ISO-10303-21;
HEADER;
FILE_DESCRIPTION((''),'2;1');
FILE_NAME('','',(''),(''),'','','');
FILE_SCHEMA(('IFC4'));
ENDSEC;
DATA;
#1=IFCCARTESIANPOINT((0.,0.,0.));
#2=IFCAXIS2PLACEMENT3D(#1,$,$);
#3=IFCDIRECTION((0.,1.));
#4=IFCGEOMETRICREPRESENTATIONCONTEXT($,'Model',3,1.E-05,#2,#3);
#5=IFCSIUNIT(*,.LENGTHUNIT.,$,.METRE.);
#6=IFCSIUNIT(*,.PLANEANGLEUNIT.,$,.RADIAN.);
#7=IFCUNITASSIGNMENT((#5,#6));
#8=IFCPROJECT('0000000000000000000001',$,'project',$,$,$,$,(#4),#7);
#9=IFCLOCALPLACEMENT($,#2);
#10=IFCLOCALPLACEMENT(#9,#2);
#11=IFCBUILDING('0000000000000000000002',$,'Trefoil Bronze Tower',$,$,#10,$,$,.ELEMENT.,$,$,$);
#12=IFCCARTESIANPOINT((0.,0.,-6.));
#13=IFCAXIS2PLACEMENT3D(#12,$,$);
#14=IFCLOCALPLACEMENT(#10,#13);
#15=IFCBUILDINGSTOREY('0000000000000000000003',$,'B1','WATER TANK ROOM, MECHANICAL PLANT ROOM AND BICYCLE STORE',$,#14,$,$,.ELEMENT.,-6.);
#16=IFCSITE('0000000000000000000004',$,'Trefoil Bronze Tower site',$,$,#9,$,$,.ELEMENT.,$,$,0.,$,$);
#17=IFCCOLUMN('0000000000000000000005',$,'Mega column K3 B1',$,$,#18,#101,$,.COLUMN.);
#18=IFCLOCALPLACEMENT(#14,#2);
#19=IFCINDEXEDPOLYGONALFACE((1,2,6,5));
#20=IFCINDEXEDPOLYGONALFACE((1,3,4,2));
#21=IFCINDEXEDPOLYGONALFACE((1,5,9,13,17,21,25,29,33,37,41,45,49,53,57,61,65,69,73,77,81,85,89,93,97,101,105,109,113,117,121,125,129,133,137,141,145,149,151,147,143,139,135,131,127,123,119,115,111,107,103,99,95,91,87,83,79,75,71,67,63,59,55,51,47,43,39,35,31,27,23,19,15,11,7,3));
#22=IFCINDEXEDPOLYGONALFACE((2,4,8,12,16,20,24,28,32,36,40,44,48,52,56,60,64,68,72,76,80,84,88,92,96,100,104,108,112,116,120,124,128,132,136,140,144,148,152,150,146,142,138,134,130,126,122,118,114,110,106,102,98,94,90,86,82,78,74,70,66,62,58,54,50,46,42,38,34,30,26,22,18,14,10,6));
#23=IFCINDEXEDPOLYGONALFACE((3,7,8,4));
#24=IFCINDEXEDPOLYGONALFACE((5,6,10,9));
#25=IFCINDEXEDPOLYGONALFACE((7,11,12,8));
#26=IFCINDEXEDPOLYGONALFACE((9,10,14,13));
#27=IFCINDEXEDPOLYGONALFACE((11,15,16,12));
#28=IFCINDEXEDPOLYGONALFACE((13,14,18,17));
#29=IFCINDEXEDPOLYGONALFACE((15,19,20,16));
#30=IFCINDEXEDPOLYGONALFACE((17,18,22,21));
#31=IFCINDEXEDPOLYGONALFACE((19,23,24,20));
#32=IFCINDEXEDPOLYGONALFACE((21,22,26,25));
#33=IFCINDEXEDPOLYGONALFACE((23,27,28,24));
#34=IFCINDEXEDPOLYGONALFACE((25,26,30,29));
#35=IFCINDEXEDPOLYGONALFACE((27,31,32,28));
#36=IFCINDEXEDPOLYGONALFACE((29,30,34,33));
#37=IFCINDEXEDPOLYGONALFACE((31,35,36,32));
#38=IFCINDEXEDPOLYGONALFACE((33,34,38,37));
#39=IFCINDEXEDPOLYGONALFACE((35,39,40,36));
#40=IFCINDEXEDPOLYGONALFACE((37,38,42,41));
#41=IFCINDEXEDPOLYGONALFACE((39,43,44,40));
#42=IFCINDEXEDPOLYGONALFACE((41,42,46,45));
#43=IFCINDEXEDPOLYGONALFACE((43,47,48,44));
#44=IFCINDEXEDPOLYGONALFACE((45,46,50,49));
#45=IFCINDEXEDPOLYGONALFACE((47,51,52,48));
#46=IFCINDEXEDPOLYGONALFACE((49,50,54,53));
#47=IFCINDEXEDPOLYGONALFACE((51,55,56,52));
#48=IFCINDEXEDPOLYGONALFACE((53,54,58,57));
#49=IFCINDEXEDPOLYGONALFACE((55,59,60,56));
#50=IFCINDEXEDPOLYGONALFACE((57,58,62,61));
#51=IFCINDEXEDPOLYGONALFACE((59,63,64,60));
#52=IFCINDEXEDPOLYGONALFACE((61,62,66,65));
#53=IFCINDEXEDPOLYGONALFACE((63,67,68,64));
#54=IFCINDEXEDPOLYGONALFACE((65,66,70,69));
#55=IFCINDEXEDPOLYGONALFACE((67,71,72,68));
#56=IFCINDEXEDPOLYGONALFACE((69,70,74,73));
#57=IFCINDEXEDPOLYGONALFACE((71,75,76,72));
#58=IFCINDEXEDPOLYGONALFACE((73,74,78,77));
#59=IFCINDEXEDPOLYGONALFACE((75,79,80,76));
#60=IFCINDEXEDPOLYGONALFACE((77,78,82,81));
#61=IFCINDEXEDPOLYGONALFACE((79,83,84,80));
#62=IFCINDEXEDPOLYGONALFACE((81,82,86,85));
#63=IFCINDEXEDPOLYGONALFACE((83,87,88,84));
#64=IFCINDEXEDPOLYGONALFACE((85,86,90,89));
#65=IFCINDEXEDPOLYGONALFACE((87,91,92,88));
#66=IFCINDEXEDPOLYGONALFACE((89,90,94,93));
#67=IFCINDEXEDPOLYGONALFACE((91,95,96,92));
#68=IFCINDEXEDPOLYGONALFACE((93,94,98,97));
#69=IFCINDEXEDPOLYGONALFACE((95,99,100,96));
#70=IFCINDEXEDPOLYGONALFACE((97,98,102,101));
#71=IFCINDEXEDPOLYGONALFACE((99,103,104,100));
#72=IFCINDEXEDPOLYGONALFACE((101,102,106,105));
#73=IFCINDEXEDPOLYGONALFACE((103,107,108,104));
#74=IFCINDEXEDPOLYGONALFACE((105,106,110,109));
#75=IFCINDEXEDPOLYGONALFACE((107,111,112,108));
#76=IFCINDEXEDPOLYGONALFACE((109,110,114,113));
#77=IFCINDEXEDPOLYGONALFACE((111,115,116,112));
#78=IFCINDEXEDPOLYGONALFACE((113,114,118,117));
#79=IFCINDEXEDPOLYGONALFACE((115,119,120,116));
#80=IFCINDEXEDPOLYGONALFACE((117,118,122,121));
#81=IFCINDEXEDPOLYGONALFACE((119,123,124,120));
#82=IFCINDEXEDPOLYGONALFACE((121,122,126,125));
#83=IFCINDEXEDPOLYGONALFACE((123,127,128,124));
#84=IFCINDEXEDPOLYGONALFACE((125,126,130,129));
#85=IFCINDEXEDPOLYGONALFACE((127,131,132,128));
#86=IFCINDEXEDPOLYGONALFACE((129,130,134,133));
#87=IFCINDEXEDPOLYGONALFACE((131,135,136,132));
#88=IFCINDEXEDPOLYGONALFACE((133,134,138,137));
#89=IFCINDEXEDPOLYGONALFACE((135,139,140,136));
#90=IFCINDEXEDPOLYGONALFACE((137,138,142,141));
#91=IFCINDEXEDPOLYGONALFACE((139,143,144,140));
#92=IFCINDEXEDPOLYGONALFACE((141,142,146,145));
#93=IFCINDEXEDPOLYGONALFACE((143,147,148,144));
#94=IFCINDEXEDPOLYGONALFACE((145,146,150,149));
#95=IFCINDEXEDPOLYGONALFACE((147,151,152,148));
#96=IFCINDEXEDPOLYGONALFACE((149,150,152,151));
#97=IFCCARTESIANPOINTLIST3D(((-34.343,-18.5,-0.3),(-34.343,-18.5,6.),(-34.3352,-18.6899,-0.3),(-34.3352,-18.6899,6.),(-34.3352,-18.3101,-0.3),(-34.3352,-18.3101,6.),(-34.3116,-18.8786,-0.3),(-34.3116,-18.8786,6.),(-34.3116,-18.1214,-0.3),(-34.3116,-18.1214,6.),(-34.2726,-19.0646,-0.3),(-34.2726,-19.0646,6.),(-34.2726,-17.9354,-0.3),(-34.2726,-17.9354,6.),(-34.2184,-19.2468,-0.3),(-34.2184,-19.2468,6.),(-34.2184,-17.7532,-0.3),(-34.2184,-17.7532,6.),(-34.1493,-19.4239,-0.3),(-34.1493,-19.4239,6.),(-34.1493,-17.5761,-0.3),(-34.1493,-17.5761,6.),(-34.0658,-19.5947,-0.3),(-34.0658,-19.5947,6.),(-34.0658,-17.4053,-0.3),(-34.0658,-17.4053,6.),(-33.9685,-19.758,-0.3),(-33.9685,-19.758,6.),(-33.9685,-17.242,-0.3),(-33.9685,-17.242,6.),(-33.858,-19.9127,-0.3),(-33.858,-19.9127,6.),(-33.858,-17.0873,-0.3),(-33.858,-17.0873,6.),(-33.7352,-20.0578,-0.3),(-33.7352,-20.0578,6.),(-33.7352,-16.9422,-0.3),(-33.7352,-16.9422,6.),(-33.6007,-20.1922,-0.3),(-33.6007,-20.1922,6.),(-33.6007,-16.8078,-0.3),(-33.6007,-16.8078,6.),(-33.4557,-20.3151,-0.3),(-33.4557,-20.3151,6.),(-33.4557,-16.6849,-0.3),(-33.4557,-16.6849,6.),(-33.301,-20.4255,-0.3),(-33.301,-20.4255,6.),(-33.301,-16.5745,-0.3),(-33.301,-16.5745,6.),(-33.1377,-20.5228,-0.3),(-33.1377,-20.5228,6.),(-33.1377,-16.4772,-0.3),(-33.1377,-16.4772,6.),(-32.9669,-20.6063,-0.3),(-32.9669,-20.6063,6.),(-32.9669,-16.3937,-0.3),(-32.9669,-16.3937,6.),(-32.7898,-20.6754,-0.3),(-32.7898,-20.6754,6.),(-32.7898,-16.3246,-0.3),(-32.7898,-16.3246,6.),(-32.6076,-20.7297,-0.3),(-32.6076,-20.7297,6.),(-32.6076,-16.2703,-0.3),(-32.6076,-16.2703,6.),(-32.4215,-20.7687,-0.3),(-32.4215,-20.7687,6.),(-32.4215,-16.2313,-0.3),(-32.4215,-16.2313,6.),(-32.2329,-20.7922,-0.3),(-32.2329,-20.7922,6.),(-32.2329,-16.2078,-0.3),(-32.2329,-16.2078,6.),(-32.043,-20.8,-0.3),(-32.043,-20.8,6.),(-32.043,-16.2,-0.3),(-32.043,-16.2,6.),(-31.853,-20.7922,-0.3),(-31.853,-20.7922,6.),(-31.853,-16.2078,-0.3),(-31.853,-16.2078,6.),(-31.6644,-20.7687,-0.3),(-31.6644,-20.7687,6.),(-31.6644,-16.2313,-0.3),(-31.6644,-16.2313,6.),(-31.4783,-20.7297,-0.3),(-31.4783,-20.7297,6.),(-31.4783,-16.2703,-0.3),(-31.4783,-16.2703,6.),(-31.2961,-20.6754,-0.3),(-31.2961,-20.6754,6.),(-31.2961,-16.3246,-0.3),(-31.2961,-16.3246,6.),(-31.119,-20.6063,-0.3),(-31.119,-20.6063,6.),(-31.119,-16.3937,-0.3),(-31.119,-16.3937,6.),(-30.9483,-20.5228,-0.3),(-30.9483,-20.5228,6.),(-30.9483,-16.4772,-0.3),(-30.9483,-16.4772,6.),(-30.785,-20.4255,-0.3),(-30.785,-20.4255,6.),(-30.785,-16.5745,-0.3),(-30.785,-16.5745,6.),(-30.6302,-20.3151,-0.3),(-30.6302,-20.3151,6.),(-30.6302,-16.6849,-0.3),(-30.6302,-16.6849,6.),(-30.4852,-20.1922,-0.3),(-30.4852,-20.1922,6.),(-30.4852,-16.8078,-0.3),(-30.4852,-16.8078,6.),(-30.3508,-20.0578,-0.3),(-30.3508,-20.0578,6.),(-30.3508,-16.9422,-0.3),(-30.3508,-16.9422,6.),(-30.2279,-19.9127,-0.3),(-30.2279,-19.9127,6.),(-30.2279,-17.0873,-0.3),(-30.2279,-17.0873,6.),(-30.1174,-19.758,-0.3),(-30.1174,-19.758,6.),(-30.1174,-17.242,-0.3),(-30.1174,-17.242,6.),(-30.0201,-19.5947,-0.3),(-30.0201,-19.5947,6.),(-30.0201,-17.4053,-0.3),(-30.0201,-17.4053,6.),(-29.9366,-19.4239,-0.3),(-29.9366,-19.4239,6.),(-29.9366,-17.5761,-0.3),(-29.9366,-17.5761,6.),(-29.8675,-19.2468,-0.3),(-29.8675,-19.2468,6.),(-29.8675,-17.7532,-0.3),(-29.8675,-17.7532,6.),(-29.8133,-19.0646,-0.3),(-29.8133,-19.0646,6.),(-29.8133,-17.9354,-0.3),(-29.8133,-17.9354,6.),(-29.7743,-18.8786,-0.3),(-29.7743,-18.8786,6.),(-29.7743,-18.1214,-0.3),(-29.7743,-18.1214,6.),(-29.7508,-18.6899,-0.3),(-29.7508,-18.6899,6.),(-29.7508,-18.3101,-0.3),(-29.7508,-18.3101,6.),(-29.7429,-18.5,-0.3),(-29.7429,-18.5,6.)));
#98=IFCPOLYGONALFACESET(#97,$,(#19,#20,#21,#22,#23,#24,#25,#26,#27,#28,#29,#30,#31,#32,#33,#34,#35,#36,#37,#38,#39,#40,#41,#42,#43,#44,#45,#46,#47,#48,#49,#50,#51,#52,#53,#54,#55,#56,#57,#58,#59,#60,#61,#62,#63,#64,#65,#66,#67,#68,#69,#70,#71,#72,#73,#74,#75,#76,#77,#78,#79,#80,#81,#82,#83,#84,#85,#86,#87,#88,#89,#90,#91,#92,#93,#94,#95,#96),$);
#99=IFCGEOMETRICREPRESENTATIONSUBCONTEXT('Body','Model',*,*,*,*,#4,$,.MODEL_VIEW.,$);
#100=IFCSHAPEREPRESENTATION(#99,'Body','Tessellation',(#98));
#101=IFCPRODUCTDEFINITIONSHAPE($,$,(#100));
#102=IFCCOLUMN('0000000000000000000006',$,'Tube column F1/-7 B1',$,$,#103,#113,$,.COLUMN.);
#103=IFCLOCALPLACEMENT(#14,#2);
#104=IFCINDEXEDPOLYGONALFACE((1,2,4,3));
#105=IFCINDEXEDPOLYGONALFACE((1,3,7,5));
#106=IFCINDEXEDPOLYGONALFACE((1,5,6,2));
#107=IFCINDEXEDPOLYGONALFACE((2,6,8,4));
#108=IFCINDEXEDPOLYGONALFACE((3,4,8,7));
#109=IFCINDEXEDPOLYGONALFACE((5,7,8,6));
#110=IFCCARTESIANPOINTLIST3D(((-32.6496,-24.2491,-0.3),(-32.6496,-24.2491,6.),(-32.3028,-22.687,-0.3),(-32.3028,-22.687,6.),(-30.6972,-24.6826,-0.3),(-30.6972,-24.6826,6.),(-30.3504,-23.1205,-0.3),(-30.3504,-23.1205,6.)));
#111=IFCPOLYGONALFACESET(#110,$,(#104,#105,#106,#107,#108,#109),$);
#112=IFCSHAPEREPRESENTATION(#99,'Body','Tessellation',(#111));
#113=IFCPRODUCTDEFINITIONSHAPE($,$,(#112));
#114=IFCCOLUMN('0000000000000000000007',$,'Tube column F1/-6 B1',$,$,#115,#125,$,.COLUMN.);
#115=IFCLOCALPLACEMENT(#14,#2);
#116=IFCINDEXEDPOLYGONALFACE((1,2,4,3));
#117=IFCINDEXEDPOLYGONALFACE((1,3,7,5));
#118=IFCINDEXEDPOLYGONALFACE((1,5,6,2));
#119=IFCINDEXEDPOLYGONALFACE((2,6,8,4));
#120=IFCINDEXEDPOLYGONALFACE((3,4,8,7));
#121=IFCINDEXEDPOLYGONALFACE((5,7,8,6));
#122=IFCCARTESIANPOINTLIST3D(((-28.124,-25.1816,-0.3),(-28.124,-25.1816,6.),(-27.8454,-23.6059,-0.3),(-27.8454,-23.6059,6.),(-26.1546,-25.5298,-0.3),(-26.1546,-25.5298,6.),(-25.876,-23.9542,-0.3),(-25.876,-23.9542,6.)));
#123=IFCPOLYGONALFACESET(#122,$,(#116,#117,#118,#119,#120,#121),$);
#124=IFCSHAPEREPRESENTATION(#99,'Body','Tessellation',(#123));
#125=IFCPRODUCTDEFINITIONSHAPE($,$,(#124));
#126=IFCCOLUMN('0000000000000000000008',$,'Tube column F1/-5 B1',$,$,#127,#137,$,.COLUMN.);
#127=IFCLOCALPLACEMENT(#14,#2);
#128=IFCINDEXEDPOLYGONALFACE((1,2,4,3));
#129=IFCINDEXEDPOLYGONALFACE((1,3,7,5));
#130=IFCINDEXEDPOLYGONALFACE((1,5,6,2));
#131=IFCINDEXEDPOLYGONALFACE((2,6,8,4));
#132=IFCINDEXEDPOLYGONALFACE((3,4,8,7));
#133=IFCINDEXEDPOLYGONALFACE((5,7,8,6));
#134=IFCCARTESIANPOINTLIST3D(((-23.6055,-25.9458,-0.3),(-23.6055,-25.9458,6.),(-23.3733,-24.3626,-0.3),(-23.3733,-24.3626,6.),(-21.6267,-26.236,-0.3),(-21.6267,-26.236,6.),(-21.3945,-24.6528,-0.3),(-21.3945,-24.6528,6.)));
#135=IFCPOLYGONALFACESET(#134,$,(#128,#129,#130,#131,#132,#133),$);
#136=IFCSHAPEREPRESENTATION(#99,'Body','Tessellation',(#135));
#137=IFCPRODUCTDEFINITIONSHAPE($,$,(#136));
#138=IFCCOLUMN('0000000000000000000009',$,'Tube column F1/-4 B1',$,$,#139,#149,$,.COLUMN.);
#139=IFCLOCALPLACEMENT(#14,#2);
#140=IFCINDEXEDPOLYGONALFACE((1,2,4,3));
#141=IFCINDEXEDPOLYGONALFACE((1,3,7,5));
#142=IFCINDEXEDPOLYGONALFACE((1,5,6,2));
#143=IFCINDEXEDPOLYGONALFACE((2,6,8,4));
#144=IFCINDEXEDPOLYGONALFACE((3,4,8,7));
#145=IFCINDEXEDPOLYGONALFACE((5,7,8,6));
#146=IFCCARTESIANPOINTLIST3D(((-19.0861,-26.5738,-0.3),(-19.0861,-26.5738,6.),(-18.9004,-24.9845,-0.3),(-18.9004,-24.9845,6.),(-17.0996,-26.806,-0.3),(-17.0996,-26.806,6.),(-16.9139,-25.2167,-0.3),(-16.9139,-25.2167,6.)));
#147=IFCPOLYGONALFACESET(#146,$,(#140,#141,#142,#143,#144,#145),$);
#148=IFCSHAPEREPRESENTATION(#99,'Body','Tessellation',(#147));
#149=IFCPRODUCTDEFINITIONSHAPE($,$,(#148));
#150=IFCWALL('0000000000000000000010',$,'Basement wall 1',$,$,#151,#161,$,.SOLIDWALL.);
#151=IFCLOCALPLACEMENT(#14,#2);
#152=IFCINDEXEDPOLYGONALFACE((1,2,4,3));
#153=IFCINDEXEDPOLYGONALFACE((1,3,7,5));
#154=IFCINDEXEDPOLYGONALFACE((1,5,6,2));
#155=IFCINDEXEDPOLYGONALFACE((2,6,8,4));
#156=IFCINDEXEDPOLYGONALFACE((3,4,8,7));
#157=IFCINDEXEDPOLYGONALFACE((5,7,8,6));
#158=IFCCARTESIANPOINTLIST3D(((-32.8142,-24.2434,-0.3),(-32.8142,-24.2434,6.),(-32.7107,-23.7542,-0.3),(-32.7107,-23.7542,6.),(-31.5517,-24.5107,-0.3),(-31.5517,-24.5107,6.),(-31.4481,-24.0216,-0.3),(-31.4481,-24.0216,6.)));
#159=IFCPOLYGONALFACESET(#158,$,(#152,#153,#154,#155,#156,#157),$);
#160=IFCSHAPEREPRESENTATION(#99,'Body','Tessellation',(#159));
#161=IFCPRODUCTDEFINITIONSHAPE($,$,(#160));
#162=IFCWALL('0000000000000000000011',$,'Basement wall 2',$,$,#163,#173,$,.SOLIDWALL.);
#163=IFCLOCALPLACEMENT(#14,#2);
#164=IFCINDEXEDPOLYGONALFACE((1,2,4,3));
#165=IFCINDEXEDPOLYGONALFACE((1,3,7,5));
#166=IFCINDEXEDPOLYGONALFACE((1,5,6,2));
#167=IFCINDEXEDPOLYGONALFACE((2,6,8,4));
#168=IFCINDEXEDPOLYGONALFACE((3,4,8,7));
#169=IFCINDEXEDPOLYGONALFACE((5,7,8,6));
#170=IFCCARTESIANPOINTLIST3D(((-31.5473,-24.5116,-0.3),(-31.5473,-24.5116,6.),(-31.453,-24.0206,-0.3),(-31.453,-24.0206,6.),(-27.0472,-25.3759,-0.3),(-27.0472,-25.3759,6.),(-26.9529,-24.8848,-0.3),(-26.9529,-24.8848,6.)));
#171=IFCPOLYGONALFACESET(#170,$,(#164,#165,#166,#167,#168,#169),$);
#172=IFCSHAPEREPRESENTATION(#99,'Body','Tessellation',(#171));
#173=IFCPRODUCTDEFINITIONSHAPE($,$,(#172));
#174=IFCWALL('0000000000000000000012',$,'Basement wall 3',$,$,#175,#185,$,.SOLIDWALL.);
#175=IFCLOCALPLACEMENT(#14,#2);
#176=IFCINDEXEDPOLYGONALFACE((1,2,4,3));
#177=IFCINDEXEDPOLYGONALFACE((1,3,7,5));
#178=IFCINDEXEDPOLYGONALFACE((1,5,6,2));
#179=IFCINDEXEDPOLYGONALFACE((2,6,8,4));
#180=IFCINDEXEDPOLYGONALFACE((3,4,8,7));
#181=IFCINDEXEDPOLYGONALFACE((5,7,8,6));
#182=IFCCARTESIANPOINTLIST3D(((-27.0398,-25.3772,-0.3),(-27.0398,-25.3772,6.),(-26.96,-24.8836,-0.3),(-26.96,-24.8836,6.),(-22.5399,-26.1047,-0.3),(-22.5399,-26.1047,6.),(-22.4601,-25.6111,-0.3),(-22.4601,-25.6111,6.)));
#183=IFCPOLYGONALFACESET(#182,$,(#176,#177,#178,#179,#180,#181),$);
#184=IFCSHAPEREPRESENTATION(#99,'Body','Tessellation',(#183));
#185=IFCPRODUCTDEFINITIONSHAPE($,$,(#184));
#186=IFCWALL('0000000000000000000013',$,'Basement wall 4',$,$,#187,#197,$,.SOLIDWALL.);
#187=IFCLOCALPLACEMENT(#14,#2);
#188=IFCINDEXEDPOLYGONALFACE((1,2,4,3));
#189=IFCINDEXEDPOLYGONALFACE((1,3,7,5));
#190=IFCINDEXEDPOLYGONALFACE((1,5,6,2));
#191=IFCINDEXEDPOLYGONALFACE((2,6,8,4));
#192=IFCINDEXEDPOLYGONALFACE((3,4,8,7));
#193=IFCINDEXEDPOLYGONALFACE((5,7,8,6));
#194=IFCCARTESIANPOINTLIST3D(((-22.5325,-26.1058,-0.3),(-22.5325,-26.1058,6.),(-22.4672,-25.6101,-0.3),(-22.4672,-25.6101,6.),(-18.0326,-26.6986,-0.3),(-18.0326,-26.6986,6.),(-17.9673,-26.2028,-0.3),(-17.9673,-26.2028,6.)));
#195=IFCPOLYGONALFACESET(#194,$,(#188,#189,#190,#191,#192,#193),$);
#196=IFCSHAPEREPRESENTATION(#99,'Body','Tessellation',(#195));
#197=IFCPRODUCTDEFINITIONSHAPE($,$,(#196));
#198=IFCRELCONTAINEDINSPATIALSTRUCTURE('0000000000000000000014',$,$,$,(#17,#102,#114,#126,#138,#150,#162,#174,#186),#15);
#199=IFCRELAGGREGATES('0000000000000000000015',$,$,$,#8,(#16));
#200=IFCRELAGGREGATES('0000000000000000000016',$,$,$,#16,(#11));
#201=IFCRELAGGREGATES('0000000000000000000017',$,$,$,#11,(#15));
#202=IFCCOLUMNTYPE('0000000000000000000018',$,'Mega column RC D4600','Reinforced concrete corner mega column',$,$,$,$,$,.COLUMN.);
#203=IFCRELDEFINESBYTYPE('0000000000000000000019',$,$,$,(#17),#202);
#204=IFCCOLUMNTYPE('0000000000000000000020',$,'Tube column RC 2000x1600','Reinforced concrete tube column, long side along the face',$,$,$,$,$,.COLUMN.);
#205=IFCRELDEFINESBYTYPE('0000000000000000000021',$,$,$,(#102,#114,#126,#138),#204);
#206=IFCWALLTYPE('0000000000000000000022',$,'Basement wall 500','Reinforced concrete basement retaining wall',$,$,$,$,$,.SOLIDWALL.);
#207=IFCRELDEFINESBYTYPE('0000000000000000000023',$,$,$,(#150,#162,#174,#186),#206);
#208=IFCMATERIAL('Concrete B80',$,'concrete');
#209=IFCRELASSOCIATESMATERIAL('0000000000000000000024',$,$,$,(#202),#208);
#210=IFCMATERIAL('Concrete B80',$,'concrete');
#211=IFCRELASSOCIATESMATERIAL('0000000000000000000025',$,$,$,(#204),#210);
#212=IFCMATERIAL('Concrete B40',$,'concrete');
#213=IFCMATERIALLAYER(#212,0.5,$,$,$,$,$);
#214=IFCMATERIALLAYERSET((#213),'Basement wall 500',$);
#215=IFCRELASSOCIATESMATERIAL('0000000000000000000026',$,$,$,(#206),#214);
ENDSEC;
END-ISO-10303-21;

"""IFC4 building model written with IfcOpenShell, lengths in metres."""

from ifc_helpers import new_model, si_unit, direction, frame, frame_2d, origin, origin_2d, place, context, subcontext, project, spatial, rectangle, circle, extrude, material, layer, layer_set, material_profile, profile_set, type_object, element, save


model = new_model("IFC4")

# Units and contexts
model_context = context("Model", 3, precision=1e-05, world=origin(), true_north=direction((0.0, 1.0)))
body_context = subcontext(model_context, "Body", "Model", "MODEL_VIEW")
ifc_project = project(units=[si_unit("LENGTHUNIT", "METRE"), si_unit("PLANEANGLEUNIT", "RADIAN")], contexts=[model_context])

# Site, building, storey
site_placement = place(None, origin())
site = spatial("IfcSite", under=ifc_project, at=site_placement, Name="Trefoil Bronze Tower site", CompositionType="ELEMENT", RefElevation=0.0)
building_placement = place(site_placement, origin())
building = spatial("IfcBuilding", under=site, at=building_placement, Name="Trefoil Bronze Tower", CompositionType="ELEMENT")
storey_placement = place(building_placement, frame((0.0, 0.0, -6.0)))
storey = spatial("IfcBuildingStorey", under=building, at=storey_placement, Name="B1", Description="WATER TANK ROOM, MECHANICAL PLANT ROOM AND BICYCLE STORE", CompositionType="ELEMENT", Elevation=-6.0)

# Columns
ifc_material_1 = material(Name="Concrete B80", Category="concrete")
ifc_material_profile_1 = material_profile(ifc_material_1, circle(Radius=2.3, at=origin_2d()), Name="RC D4600")
ifc_profile_set_1 = profile_set([ifc_material_profile_1], Name="Concrete B80")
column_type_1 = type_object("IfcColumnType", Name="Mega column RC D4600", Description="Reinforced concrete corner mega column", PredefinedType="COLUMN", material=ifc_profile_set_1)
column_placement = place(storey_placement, frame((-32.043, -18.5, -0.3), z_axis=(0.0, 0.0, 1.0), x_axis=(1.0, 0.0, 0.0)))
element("IfcColumn", 1, at=column_placement, inside=storey, type_object=column_type_1, Name="Mega column K3 B1", PredefinedType="COLUMN", context=body_context, shape_type="SweptSolid", body=[
    extrude(circle(Radius=2.3, at=origin_2d()), origin(), (0.0, 0.0, 1.0), 6.3),
])
ifc_material_2 = material(Name="Concrete B80", Category="concrete")
ifc_material_profile_2 = material_profile(ifc_material_2, rectangle(XDim=2.0, YDim=1.6001, at=origin_2d()), Name="RC 2000x1600")
ifc_profile_set_2 = profile_set([ifc_material_profile_2], Name="Concrete B80")
column_type_2 = type_object("IfcColumnType", Name="Tube column RC 2000x1600", Description="Reinforced concrete tube column, long side along the face", PredefinedType="COLUMN", material=ifc_profile_set_2)
for number, where, z_axis, x_axis, name in (
    (2, (-31.5, -23.6848, -0.3), (0.0, 0.0, 1.0), (0.97623, -0.216739, 0.0), "Tube column F1/-7 B1"),
    (3, (-27.0, -24.5679, -0.3), (0.0, 0.0, 1.0), (0.984722, -0.174131, 0.0), "Tube column F1/-6 B1"),
    (4, (-22.5, -25.2993, -0.3), (0.0, 0.0, 1.0), (0.989416, -0.145109, 0.0), "Tube column F1/-5 B1"),
    (5, (-18.0, -25.8953, -0.3), (0.0, 0.0, 1.0), (0.993239, -0.116087, 0.0), "Tube column F1/-4 B1"),
):
    element("IfcColumn", number, at=place(storey_placement, frame(where, z_axis=z_axis, x_axis=x_axis)), inside=storey, type_object=column_type_2, Name=name, PredefinedType="COLUMN", context=body_context, shape_type="SweptSolid", body=[
        extrude(rectangle(XDim=2.0, YDim=1.6001, at=origin_2d()), origin(), (0.0, 0.0, 1.0), 6.3),
    ])

# Walls
ifc_material_3 = material(Name="Concrete B40", Category="concrete")
ifc_layer_1 = layer(ifc_material_3, 0.5)
ifc_layer_set_1 = layer_set([ifc_layer_1], Name="Basement wall 500")
wall_type_1 = type_object("IfcWallType", Name="Basement wall 500", Description="Reinforced concrete basement retaining wall", PredefinedType="SOLIDWALL", material=ifc_layer_set_1)
wall_1_placement = place(storey_placement, frame((-32.7625, -23.9988, -0.3), z_axis=(0.0, 0.0, 1.0), x_axis=(0.978306, -0.207164, 0.0)))
element("IfcWall", 6, at=wall_1_placement, inside=storey, type_object=wall_type_1, Name="Basement wall 1", PredefinedType="SOLIDWALL", context=body_context, shape_type="SweptSolid", body=[
    extrude(rectangle(XDim=1.2905, YDim=0.5, at=frame_2d((0.6453, 0.0))), origin(), (0.0, 0.0, 1.0), 6.3),
])
wall_2_placement = place(storey_placement, frame((-31.5, -24.2661, -0.3), z_axis=(0.0, 0.0, 1.0), x_axis=(0.982052, -0.18861, 0.0)))
element("IfcWall", 7, at=wall_2_placement, inside=storey, type_object=wall_type_1, Name="Basement wall 2", PredefinedType="SOLIDWALL", context=body_context, shape_type="SweptSolid", body=[
    extrude(rectangle(XDim=4.5823, YDim=0.5, at=frame_2d((2.291, 0.0))), origin(), (0.0, 0.0, 1.0), 6.3),
])
wall_3_placement = place(storey_placement, frame((-27.0, -25.1304, -0.3), z_axis=(0.0, 0.0, 1.0), x_axis=(0.987181, -0.159603, 0.0)))
element("IfcWall", 8, at=wall_3_placement, inside=storey, type_object=wall_type_1, Name="Basement wall 3", PredefinedType="SOLIDWALL", context=body_context, shape_type="SweptSolid", body=[
    extrude(rectangle(XDim=4.5583, YDim=0.5, at=frame_2d((2.2793, 0.0))), origin(), (0.0, 0.0, 1.0), 6.3),
])
wall_4_placement = place(storey_placement, frame((-22.5, -25.8579, -0.3), z_axis=(0.0, 0.0, 1.0), x_axis=(0.991435, -0.130599, 0.0)))
element("IfcWall", 9, at=wall_4_placement, inside=storey, type_object=wall_type_1, Name="Basement wall 4", PredefinedType="SOLIDWALL", context=body_context, shape_type="SweptSolid", body=[
    extrude(rectangle(XDim=4.5388, YDim=0.5, at=frame_2d((2.2695, 0.0))), origin(), (0.0, 0.0, 1.0), 6.3),
])

save(model, "model.ifc")
